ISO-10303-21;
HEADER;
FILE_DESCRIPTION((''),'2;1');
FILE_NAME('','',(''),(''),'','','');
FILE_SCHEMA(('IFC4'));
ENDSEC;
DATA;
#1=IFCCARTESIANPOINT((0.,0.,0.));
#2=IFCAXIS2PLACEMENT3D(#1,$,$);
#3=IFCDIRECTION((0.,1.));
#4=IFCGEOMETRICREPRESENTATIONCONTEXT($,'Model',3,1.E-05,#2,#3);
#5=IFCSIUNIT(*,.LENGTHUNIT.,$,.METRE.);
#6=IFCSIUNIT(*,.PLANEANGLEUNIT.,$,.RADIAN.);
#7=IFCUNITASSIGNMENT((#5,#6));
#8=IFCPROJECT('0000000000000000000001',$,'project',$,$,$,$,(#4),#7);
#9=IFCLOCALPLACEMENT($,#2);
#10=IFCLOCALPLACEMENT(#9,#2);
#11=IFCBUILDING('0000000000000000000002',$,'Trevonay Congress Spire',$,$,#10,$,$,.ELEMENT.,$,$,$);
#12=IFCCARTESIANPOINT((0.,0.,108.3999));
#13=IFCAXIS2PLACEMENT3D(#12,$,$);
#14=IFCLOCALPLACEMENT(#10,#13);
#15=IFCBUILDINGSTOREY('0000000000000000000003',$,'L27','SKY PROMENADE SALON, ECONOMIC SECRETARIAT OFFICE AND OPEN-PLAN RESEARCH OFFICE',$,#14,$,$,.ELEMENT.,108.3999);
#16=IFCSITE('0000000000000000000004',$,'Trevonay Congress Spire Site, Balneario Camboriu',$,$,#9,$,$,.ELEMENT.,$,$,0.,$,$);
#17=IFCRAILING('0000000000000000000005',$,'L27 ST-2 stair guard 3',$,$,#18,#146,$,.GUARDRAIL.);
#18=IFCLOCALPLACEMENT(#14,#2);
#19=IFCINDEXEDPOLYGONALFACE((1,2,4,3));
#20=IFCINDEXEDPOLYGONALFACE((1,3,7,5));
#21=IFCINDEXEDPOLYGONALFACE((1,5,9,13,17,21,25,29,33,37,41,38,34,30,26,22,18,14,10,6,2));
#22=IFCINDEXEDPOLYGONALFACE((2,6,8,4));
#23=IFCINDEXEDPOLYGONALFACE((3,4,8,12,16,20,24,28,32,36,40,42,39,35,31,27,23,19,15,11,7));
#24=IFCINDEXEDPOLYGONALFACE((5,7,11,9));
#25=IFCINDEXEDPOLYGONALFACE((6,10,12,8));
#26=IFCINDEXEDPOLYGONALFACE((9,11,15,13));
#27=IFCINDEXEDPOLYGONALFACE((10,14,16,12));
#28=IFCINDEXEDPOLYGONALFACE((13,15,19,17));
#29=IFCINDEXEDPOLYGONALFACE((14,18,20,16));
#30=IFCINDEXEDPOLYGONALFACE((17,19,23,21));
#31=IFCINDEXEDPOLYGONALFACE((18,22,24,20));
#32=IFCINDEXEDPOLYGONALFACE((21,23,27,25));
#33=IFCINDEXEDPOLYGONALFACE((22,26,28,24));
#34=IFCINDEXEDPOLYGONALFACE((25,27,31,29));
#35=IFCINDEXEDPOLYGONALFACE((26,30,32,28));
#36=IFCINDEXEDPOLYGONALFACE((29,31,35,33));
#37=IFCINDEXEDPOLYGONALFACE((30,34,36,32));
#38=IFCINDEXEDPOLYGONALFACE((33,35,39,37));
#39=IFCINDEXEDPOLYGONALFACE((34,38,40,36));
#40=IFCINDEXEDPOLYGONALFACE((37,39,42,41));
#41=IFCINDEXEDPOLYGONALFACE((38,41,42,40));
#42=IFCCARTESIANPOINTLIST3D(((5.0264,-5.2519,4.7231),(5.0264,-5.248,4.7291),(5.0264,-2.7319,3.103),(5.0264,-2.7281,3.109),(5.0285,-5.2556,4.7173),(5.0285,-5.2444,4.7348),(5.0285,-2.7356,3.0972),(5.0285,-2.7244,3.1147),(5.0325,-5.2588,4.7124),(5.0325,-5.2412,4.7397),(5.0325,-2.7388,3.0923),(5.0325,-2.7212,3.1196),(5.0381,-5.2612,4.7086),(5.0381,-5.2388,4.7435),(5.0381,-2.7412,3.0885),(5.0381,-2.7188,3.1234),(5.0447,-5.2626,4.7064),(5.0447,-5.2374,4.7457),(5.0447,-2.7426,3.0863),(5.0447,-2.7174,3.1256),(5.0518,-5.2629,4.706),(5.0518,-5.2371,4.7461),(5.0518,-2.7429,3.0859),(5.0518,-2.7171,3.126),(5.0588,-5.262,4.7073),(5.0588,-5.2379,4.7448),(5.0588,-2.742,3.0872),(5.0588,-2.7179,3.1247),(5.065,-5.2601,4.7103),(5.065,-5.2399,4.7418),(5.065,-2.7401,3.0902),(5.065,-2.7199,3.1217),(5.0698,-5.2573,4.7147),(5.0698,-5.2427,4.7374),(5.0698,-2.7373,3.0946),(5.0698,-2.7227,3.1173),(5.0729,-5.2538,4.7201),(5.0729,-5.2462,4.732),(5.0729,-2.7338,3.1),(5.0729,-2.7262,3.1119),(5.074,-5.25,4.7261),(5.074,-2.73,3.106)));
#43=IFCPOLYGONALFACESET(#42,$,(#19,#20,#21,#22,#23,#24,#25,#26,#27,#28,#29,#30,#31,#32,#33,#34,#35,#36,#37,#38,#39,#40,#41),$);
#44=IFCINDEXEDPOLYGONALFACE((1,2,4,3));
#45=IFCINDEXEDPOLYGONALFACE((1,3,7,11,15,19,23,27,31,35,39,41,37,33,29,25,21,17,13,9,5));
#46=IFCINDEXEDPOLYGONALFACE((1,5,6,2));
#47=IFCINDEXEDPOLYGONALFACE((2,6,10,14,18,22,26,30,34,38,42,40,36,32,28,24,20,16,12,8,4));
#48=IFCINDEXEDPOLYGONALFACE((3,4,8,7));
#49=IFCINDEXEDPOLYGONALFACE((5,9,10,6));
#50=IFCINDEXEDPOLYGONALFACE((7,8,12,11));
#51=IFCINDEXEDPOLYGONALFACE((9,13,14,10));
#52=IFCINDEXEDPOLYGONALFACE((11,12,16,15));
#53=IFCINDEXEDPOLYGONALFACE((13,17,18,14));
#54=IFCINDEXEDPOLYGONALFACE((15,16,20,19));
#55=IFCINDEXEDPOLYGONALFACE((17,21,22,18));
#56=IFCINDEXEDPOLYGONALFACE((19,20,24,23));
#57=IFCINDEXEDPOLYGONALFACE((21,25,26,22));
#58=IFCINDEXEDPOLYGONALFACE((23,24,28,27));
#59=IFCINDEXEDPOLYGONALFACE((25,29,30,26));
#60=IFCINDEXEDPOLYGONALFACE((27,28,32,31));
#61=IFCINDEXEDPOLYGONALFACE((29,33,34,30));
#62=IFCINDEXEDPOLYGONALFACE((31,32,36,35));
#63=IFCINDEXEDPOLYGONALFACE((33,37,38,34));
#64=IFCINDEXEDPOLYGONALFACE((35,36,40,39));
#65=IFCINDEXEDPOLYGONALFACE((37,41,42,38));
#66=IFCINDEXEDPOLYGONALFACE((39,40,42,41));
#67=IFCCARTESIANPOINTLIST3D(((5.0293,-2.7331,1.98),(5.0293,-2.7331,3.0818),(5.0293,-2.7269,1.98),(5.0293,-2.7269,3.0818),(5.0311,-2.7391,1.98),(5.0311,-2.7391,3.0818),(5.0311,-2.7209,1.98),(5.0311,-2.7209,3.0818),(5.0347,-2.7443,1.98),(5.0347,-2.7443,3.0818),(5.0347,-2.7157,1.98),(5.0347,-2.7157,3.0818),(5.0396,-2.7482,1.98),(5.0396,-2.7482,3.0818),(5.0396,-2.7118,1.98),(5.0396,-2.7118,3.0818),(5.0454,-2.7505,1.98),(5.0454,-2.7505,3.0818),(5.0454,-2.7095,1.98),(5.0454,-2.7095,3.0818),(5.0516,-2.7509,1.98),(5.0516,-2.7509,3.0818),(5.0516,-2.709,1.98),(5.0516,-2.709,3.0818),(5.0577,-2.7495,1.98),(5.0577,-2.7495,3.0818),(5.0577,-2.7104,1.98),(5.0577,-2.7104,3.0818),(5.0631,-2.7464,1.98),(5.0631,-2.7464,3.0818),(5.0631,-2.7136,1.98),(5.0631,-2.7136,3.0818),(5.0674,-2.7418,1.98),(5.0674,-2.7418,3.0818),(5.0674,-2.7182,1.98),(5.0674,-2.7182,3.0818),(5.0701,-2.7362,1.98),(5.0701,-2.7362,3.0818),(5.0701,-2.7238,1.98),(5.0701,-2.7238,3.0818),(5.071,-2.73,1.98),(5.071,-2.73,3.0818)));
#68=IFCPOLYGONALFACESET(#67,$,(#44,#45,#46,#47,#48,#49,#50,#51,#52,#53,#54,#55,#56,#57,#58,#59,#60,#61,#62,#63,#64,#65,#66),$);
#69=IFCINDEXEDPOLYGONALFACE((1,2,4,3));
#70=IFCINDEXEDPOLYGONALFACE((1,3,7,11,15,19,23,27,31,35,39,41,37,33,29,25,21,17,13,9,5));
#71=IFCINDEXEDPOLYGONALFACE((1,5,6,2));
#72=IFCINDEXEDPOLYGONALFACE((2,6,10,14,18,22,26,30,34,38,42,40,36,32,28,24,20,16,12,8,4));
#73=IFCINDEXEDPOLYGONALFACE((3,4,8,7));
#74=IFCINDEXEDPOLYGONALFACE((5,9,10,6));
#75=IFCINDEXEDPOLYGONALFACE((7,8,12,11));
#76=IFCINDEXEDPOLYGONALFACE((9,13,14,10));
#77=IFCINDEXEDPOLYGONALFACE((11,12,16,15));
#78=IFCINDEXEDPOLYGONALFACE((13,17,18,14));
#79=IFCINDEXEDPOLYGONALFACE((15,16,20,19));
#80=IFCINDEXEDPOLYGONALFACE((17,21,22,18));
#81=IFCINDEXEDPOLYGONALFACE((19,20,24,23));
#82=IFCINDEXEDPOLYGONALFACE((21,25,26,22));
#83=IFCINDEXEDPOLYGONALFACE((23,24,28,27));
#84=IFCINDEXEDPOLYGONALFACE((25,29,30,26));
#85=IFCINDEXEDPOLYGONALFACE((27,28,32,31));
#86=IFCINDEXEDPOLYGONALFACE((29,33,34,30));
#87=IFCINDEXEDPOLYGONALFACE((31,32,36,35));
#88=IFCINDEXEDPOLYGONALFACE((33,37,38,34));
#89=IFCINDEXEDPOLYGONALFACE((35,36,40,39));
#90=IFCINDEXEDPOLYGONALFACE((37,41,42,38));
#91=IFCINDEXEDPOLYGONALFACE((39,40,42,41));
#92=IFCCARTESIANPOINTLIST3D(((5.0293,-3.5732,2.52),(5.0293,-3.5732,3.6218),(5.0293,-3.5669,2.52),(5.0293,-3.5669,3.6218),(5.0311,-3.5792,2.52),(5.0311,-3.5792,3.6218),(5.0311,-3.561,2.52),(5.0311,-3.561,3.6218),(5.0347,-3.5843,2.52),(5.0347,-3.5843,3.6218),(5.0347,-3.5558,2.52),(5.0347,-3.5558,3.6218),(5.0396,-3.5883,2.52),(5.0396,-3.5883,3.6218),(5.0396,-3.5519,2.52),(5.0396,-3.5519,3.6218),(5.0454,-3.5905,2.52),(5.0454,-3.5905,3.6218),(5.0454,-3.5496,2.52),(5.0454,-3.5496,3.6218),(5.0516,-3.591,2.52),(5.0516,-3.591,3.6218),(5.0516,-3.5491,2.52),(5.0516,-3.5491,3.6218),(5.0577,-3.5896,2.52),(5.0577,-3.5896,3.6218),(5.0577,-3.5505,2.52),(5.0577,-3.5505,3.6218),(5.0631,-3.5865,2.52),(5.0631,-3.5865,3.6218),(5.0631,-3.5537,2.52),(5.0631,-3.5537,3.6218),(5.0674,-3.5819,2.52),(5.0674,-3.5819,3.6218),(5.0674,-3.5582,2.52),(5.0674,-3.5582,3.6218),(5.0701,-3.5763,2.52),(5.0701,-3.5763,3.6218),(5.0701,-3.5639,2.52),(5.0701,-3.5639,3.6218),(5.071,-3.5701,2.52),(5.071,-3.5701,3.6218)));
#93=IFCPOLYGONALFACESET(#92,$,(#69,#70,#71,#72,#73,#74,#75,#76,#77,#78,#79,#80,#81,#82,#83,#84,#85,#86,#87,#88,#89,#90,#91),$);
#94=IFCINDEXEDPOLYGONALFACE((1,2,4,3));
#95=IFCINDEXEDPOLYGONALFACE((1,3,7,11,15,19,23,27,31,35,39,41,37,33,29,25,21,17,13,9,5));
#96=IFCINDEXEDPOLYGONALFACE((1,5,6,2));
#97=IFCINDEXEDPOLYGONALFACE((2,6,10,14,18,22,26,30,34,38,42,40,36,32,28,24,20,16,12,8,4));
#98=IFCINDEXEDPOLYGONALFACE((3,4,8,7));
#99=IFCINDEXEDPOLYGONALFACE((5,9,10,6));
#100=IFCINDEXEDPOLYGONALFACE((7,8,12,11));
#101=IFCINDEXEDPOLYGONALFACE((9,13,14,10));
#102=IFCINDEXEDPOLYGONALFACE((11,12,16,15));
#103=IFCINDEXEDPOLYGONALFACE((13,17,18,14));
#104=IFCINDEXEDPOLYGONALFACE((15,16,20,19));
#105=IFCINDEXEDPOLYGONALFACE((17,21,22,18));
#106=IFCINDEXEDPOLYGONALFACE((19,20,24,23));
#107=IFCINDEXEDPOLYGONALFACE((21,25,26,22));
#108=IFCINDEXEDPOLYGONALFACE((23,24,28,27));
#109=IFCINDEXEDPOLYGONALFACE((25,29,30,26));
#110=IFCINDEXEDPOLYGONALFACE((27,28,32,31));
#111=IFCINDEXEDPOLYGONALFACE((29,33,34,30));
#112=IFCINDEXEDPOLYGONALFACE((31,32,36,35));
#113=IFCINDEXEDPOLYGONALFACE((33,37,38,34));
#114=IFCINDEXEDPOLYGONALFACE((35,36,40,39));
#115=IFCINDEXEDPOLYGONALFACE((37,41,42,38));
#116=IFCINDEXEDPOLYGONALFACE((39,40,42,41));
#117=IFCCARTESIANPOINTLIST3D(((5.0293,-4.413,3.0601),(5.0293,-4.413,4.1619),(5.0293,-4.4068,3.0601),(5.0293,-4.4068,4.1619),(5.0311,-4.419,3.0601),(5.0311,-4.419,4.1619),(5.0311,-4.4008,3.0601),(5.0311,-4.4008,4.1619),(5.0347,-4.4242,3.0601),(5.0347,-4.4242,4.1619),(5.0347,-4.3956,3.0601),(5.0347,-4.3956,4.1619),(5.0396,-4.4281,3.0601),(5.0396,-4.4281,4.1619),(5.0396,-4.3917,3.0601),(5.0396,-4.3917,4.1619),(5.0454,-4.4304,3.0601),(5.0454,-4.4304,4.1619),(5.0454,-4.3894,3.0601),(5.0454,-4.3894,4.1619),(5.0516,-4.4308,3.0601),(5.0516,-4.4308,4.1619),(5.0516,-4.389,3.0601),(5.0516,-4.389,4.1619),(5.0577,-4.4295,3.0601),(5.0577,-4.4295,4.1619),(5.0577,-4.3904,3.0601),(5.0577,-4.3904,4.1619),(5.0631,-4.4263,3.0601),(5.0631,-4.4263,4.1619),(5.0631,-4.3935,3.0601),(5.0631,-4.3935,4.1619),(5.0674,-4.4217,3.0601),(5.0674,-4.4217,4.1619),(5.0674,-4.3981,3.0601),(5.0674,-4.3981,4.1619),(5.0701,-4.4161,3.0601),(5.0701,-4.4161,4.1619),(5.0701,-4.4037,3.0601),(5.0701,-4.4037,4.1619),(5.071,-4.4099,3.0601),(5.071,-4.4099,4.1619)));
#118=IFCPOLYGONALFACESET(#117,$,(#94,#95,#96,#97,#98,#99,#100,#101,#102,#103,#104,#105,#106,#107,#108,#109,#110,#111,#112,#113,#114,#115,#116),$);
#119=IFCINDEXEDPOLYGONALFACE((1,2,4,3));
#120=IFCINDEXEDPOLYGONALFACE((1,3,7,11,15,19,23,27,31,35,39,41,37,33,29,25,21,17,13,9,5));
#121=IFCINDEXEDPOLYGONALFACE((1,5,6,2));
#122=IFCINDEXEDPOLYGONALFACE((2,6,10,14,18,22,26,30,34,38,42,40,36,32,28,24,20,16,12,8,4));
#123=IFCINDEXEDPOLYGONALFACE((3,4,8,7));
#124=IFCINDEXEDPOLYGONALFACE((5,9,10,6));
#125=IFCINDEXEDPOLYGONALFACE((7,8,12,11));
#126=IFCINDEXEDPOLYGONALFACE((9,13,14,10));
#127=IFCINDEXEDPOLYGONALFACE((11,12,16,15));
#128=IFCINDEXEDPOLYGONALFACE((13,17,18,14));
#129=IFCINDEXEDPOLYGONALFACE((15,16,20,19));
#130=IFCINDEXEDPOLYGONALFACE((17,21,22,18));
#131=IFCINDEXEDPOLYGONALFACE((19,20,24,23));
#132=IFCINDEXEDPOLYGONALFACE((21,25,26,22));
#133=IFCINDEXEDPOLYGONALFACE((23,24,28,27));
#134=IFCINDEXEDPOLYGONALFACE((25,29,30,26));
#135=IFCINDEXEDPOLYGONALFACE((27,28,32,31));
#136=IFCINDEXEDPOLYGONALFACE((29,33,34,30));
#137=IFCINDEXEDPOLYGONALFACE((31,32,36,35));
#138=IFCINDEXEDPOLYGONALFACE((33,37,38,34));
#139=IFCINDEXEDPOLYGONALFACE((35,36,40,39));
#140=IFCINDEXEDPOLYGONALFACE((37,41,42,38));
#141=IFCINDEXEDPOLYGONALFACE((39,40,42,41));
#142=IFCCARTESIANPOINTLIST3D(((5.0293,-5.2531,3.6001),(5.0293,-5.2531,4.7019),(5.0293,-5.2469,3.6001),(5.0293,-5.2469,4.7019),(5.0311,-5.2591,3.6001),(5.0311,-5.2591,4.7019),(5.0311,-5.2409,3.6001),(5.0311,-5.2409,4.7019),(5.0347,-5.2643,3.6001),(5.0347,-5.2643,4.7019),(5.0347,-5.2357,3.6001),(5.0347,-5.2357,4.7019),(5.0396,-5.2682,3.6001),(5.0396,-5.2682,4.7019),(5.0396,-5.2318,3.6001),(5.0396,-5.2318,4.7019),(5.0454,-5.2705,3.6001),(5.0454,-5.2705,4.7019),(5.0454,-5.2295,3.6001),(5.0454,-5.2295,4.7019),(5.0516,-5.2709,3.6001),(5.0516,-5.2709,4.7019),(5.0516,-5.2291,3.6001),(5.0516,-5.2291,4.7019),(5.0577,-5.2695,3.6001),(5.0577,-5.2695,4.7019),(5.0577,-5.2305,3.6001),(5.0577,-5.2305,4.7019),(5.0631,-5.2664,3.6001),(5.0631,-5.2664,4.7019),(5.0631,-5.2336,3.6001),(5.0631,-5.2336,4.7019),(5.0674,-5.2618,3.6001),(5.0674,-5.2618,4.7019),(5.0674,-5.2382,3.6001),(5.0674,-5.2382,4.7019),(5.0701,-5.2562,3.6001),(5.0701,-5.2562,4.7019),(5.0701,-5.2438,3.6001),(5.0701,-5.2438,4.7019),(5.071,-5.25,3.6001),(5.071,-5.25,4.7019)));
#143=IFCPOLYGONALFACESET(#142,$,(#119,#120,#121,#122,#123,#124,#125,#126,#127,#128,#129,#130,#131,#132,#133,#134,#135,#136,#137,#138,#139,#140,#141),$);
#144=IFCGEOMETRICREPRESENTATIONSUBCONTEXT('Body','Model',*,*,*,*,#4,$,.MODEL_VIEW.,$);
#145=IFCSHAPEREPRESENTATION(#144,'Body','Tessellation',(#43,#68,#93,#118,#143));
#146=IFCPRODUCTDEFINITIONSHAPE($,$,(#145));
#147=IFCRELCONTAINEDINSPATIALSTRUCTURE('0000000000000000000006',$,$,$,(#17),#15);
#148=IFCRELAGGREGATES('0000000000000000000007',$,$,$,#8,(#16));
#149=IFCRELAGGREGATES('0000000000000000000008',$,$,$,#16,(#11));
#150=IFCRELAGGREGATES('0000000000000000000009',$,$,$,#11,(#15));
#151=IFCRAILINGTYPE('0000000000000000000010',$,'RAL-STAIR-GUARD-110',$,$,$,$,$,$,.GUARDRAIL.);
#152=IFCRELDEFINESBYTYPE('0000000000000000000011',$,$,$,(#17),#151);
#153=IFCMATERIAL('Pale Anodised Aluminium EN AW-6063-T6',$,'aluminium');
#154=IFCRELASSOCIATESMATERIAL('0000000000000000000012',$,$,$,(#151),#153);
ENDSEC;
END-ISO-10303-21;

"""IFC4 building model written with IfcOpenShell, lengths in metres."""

from ifc_helpers import new_model, si_unit, direction, frame, origin, origin_2d, place, context, subcontext, project, spatial, circle, extrude, material, type_object, element, save


model = new_model("IFC4")

# Units and contexts
model_context = context("Model", 3, precision=1e-05, world=origin(), true_north=direction((0.0, 1.0)))
body_context = subcontext(model_context, "Body", "Model", "MODEL_VIEW")
ifc_project = project(units=[si_unit("LENGTHUNIT", "METRE"), si_unit("PLANEANGLEUNIT", "RADIAN")], contexts=[model_context])

# Site, building, storey
site_placement = place(None, origin())
site = spatial("IfcSite", under=ifc_project, at=site_placement, Name="Trevonay Congress Spire Site, Balneario Camboriu", CompositionType="ELEMENT", RefElevation=0.0)
building_placement = place(site_placement, origin())
building = spatial("IfcBuilding", under=site, at=building_placement, Name="Trevonay Congress Spire", CompositionType="ELEMENT")
storey_placement = place(building_placement, frame((0.0, 0.0, 108.3999)))
storey = spatial("IfcBuildingStorey", under=building, at=storey_placement, Name="L27", Description="SKY PROMENADE SALON, ECONOMIC SECRETARIAT OFFICE AND OPEN-PLAN RESEARCH OFFICE", CompositionType="ELEMENT", Elevation=108.3999)

# Shared definitions
ifc_material_1 = material(Name="Pale Anodised Aluminium EN AW-6063-T6", Category="aluminium")

# Railing
railing_type_1 = type_object("IfcRailingType", Name="RAL-STAIR-GUARD-110", PredefinedType="GUARDRAIL", material=ifc_material_1)
railing_1_placement = place(storey_placement, frame((5.05, -2.73, 1.98)))
element("IfcRailing", 1, at=railing_1_placement, inside=storey, type_object=railing_type_1, Name="L27 ST-2 stair guard 3", PredefinedType="GUARDRAIL", context=body_context, shape_type="SweptSolid", body=[
    extrude(circle(Radius=0.0239, at=origin_2d()), frame((0.0, 0.0, 1.126), z_axis=(0.0, -0.841163, 0.540782), x_axis=(1.0, 0.0, 0.0)), (0.0, 0.0, 1.0), 2.9958),
    extrude(circle(Radius=0.021, at=origin_2d()), origin(), (0.0, 0.0, 1.0), 1.1018),
    extrude(circle(Radius=0.021, at=origin_2d()), frame((0.0, -0.8401, 0.54)), (0.0, 0.0, 1.0), 1.1018),
    extrude(circle(Radius=0.021, at=origin_2d()), frame((0.0, -1.6799, 1.0801)), (0.0, 0.0, 1.0), 1.1018),
    extrude(circle(Radius=0.021, at=origin_2d()), frame((0.0, -2.52, 1.6201)), (0.0, 0.0, 1.0), 1.1018),
])

save(model, "model.ifc")
